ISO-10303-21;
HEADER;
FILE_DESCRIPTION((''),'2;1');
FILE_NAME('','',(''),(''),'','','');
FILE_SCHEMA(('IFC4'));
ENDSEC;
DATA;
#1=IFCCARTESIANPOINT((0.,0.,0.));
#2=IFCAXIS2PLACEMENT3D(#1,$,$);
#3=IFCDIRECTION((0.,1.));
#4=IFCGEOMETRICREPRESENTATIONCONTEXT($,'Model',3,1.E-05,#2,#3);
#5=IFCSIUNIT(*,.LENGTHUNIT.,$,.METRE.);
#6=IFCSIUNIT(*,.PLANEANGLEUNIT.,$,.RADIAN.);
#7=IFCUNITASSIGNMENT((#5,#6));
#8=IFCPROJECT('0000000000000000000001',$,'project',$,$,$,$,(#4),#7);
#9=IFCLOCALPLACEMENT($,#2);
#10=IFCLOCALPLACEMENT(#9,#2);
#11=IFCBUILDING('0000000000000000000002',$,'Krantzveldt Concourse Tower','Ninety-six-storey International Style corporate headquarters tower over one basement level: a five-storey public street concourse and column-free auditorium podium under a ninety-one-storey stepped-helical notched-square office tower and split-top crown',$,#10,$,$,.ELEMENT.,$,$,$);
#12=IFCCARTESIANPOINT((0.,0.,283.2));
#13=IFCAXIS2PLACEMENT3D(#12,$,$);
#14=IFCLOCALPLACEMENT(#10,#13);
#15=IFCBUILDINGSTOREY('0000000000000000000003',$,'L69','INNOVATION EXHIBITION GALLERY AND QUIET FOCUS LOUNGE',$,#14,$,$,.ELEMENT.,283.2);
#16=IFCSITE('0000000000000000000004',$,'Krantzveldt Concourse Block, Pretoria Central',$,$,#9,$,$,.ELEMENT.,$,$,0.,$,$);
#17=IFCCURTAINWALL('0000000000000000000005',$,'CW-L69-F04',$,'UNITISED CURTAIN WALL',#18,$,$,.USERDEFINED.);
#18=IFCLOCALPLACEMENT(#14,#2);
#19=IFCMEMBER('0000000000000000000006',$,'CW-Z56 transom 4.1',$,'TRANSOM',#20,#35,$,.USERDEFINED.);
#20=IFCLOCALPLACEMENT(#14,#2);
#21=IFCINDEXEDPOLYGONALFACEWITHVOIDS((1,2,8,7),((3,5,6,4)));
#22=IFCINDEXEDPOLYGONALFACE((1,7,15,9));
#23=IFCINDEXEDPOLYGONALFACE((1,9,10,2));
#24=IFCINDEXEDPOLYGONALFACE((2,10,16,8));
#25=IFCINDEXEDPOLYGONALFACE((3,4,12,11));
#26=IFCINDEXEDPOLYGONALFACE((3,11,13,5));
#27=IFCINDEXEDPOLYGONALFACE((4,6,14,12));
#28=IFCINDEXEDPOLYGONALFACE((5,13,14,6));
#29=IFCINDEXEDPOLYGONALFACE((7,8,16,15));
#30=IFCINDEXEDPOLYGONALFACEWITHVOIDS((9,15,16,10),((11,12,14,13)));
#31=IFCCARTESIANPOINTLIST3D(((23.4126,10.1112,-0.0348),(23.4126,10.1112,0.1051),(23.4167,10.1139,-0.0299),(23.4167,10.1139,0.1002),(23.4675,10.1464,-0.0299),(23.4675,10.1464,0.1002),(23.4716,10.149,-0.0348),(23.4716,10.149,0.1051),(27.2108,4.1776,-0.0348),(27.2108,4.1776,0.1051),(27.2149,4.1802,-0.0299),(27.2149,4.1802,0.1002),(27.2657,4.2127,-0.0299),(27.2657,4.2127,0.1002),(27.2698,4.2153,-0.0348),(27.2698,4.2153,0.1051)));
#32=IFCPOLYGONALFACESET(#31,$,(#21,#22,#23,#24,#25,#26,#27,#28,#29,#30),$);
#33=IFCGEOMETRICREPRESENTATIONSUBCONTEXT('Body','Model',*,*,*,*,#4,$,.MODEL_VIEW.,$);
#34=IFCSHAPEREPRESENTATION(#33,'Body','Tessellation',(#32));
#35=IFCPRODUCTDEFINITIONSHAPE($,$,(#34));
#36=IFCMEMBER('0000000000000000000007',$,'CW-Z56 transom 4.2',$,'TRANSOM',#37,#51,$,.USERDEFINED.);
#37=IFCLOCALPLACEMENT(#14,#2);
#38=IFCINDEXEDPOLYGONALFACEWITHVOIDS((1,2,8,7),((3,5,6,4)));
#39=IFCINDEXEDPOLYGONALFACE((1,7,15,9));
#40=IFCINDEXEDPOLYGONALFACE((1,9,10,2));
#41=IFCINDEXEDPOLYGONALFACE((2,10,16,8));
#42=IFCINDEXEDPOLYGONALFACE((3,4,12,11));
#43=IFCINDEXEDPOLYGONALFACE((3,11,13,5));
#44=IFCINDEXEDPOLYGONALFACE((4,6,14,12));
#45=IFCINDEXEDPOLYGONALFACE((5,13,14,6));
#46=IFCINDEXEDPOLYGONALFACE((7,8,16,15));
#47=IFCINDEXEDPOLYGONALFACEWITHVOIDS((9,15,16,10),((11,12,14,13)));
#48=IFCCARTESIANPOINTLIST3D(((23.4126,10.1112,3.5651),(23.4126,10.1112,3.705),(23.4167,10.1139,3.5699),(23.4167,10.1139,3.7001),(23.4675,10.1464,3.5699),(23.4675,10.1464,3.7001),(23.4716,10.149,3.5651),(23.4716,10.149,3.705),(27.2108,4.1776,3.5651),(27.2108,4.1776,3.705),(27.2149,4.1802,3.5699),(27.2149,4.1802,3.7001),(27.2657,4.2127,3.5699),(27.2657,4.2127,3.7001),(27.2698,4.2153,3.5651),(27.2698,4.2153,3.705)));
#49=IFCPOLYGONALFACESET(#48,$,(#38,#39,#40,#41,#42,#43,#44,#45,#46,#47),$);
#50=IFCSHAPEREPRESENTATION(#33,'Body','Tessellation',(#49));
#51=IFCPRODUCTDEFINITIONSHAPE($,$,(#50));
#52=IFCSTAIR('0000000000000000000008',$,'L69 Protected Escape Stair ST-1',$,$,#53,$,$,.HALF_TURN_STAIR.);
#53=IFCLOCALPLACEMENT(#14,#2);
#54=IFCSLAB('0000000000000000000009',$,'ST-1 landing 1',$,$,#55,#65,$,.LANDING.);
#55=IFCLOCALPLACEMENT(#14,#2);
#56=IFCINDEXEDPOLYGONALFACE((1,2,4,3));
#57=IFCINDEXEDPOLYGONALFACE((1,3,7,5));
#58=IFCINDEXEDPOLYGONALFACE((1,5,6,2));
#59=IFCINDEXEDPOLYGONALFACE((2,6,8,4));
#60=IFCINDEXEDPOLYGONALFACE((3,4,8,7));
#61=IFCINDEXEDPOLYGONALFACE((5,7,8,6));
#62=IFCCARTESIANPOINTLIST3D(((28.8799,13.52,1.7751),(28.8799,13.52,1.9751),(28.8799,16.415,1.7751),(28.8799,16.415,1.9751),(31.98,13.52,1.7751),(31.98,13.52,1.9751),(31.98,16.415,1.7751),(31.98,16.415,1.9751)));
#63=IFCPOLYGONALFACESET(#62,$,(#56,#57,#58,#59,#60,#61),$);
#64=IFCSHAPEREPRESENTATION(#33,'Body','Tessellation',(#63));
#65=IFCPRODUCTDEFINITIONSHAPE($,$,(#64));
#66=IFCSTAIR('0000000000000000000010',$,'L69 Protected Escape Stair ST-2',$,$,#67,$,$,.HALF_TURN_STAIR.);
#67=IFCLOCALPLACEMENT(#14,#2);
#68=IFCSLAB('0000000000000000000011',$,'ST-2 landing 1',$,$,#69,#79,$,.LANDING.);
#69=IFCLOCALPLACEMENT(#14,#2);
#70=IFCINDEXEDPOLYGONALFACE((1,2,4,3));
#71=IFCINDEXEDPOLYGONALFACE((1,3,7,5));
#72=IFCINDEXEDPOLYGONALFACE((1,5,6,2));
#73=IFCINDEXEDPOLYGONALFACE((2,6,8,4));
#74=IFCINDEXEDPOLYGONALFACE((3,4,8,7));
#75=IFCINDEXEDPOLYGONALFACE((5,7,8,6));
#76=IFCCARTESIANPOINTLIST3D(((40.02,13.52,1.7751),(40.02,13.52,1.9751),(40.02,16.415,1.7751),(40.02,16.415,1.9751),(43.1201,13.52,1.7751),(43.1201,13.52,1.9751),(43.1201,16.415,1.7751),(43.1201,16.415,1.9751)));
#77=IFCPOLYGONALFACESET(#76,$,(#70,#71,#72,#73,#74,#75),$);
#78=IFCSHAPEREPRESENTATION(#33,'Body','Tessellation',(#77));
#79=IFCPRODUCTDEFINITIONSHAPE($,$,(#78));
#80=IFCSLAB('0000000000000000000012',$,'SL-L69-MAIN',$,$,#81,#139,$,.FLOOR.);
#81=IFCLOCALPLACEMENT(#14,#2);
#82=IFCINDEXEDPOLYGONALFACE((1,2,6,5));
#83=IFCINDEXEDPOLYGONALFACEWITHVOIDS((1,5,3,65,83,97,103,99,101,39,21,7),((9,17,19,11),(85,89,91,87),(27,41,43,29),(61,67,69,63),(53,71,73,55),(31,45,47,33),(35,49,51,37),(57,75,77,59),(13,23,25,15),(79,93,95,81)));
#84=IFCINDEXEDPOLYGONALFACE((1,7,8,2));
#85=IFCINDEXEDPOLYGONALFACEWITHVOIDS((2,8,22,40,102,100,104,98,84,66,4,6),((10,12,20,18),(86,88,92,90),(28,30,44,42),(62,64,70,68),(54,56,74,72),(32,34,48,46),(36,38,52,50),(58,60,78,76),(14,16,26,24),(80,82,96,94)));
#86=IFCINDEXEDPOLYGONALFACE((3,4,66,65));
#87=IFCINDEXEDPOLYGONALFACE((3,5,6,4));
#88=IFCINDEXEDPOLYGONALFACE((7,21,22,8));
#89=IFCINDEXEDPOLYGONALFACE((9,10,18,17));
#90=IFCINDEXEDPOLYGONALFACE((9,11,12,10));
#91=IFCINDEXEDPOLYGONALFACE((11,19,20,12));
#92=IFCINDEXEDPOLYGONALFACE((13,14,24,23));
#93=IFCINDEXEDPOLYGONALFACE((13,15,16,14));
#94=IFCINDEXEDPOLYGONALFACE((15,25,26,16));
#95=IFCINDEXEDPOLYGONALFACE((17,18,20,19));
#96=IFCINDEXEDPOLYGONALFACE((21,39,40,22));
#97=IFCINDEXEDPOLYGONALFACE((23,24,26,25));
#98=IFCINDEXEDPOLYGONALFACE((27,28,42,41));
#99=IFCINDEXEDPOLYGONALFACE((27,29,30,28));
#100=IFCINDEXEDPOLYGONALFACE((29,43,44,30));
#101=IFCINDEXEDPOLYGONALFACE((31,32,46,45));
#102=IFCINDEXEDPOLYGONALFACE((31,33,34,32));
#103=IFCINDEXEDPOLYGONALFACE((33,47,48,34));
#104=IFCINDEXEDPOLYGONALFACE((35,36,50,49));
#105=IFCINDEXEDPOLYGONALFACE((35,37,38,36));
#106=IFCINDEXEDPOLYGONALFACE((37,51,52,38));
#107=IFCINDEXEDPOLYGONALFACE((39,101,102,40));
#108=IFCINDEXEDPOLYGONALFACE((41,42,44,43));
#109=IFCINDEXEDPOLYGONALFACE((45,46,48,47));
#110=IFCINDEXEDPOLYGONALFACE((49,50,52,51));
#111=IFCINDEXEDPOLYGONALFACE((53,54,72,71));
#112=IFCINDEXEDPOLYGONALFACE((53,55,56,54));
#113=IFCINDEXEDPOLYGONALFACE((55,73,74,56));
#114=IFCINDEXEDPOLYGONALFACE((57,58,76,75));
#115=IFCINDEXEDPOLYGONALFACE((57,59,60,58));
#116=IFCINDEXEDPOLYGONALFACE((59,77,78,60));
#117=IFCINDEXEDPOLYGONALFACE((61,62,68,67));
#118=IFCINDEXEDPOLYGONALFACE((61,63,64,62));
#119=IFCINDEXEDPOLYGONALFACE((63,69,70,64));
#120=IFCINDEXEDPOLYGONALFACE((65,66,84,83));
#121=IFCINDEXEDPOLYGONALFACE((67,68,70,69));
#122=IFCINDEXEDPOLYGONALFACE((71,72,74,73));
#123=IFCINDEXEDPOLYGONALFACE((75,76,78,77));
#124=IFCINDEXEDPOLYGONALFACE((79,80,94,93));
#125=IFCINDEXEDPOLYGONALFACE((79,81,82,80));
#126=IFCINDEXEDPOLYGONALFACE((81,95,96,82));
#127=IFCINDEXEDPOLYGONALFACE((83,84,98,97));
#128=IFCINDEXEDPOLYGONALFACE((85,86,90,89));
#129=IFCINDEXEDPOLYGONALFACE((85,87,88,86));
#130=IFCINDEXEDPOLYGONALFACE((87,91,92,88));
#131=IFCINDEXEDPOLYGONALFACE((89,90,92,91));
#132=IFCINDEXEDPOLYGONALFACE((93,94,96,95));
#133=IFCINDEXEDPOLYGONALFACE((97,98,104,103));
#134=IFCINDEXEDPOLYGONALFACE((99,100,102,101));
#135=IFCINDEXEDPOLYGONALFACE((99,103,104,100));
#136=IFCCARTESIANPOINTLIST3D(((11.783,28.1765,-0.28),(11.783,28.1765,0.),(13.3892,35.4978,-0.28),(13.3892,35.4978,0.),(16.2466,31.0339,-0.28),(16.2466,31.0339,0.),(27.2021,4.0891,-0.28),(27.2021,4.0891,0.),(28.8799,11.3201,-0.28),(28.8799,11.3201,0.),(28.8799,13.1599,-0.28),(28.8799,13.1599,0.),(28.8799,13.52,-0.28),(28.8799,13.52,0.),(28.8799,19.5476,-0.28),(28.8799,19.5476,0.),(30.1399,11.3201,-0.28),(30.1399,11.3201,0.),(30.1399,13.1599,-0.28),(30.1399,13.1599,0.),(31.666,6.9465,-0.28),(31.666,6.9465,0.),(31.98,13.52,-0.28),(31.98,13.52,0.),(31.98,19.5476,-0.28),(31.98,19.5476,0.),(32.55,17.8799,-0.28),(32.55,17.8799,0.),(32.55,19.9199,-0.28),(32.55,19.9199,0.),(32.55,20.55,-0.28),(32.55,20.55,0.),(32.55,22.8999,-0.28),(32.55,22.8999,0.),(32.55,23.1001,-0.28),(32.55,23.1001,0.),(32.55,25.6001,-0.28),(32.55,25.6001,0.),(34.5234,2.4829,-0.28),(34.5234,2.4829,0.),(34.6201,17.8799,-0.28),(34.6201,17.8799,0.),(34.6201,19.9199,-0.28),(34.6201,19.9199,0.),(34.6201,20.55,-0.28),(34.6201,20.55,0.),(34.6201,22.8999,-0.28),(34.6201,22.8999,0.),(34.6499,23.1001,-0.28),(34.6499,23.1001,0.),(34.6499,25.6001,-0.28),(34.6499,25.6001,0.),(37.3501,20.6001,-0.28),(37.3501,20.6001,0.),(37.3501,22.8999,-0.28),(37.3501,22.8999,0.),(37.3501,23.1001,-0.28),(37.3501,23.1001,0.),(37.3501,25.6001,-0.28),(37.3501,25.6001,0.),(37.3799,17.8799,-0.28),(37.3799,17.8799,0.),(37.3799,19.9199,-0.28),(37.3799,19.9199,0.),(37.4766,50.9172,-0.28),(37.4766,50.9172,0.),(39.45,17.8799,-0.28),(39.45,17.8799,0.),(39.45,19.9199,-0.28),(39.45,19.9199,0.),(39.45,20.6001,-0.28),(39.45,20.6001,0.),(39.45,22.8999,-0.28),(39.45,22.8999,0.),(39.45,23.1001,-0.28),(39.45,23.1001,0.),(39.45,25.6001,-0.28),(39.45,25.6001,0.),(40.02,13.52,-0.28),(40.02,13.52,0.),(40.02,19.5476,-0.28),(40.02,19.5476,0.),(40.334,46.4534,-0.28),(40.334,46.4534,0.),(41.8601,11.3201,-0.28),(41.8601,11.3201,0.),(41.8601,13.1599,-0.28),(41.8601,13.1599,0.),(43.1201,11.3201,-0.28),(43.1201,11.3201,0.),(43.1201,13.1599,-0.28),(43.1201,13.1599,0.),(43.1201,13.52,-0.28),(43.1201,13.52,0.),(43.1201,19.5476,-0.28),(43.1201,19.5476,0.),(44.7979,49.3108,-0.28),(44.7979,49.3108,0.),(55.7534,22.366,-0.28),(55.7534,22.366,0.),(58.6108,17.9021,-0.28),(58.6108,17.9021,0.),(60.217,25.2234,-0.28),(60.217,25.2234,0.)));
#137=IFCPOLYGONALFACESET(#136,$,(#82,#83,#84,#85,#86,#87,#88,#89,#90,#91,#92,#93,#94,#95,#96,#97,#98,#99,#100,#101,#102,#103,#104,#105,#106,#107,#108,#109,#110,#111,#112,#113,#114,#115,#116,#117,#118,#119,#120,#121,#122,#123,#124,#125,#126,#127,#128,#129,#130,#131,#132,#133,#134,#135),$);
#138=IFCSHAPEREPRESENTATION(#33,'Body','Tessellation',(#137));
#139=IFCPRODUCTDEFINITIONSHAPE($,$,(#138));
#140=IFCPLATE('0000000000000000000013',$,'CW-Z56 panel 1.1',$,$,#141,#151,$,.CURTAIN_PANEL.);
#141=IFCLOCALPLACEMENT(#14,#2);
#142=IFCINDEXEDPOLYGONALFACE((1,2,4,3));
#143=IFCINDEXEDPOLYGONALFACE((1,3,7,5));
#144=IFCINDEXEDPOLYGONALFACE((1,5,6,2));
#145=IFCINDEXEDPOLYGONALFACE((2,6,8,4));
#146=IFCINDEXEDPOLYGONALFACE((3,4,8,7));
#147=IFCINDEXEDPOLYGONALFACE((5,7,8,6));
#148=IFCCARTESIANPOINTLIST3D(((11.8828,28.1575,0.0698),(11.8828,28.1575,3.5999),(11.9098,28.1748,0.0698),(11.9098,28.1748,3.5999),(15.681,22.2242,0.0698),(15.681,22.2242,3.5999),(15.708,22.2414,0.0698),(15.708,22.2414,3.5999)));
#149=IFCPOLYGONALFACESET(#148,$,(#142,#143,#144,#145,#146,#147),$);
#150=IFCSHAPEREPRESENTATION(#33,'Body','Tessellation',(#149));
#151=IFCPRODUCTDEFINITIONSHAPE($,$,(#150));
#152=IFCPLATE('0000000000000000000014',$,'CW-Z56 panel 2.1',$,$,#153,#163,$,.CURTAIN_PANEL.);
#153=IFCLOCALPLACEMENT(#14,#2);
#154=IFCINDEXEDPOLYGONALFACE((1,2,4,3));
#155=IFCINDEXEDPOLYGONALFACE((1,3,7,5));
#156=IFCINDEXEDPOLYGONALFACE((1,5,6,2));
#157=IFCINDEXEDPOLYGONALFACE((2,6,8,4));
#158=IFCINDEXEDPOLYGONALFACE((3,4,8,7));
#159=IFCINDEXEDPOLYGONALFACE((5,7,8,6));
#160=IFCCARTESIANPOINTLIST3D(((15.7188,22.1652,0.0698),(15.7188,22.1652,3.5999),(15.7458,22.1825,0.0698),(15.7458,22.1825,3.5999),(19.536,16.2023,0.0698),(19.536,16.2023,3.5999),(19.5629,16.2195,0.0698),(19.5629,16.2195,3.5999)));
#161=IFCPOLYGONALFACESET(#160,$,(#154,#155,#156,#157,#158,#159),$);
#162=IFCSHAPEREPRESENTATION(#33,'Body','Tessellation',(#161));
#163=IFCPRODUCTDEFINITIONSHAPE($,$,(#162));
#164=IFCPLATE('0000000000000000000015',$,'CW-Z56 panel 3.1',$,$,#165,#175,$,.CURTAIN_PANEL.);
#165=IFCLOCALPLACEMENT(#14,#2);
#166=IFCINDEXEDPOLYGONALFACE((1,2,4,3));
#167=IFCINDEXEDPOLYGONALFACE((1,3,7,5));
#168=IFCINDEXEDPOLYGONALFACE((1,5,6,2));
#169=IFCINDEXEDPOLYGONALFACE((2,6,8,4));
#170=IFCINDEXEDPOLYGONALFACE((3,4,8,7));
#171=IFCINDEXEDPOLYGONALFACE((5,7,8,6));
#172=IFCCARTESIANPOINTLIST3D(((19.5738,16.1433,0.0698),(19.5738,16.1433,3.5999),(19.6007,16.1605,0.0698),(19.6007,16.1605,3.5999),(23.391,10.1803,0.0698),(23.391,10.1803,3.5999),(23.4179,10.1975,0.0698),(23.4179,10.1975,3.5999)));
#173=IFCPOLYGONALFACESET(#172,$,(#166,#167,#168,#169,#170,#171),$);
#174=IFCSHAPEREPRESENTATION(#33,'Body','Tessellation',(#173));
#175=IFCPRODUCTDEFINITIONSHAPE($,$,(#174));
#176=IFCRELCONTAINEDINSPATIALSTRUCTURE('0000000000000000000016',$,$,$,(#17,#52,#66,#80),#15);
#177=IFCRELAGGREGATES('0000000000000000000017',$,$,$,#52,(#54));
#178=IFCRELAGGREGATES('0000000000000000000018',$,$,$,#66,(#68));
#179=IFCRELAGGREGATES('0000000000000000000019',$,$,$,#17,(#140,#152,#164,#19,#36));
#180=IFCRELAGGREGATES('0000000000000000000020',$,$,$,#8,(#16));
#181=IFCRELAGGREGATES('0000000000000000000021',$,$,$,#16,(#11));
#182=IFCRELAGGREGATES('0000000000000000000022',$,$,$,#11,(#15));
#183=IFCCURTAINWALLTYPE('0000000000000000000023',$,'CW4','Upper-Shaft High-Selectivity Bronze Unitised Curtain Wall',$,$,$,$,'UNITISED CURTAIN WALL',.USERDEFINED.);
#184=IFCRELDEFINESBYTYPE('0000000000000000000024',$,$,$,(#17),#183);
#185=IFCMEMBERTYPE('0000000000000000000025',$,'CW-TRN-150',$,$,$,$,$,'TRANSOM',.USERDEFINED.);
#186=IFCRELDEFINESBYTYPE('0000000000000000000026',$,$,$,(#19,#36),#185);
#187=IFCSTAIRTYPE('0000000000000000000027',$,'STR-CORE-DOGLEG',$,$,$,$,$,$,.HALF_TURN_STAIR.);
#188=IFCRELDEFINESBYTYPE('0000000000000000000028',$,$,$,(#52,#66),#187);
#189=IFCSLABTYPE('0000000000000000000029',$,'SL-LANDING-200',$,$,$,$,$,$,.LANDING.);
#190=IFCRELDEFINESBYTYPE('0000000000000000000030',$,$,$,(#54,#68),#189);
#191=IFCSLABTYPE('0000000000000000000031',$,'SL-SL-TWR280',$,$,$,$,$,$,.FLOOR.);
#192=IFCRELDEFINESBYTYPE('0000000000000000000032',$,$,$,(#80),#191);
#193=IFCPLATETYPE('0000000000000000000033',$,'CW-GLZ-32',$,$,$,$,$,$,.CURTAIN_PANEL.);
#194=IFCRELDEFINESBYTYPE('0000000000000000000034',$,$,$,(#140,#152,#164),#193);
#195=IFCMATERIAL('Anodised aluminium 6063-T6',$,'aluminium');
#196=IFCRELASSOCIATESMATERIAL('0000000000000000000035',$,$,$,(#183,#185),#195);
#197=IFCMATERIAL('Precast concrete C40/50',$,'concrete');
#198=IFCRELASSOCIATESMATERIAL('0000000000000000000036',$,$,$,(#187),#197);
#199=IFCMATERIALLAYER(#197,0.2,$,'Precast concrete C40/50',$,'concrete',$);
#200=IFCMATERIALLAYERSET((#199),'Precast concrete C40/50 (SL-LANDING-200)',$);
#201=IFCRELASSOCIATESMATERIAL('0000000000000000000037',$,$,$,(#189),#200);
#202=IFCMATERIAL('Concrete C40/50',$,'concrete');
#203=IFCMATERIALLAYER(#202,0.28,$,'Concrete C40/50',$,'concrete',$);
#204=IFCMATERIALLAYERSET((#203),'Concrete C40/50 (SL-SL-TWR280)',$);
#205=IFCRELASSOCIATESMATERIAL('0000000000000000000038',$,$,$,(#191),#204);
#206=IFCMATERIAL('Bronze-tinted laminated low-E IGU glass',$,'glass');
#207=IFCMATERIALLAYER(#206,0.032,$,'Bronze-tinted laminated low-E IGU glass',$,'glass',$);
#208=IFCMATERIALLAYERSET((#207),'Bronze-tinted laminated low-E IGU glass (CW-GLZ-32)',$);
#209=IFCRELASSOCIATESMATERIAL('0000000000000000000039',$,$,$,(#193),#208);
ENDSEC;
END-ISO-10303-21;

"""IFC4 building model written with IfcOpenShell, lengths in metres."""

from ifc_helpers import new_model, si_unit, direction, frame, origin, origin_2d, place, context, subcontext, project, spatial, polyline, rectangle, hollow_rectangle, outline, extrude, source, transform, mapped, material, layer, layer_set, material_profile, profile_set, type_object, type_shapes, element, aggregate, save


model = new_model("IFC4")

# Units and contexts
model_context = context("Model", 3, precision=1e-05, world=origin(), true_north=direction((0.0, 1.0)))
body_context = subcontext(model_context, "Body", "Model", "MODEL_VIEW")
ifc_project = project(units=[si_unit("LENGTHUNIT", "METRE"), si_unit("PLANEANGLEUNIT", "RADIAN")], contexts=[model_context])

# Site, building, storey
site_placement = place(None, origin())
site = spatial("IfcSite", under=ifc_project, at=site_placement, Name="Krantzveldt Concourse Block, Pretoria Central", CompositionType="ELEMENT", RefElevation=0.0)
building_placement = place(site_placement, origin())
building = spatial("IfcBuilding", under=site, at=building_placement, Name="Krantzveldt Concourse Tower", Description="Ninety-six-storey International Style corporate headquarters tower over one basement level: a five-storey public street concourse and column-free auditorium podium under a ninety-one-storey stepped-helical notched-square office tower and split-top crown", CompositionType="ELEMENT")
storey_placement = place(building_placement, frame((0.0, 0.0, 283.2)))
storey = spatial("IfcBuildingStorey", under=building, at=storey_placement, Name="L69", Description="INNOVATION EXHIBITION GALLERY AND QUIET FOCUS LOUNGE", CompositionType="ELEMENT", Elevation=283.2)

# Curtain wall, members
ifc_material_1 = material(Name="Anodised aluminium 6063-T6", Category="aluminium")
curtain_wall_type = type_object("IfcCurtainWallType", Name="CW4", Description="Upper-Shaft High-Selectivity Bronze Unitised Curtain Wall", ElementType="UNITISED CURTAIN WALL", PredefinedType="USERDEFINED", material=ifc_material_1)
curtain_wall_placement = place(storey_placement, origin())
curtain_wall = element("IfcCurtainWall", 1, at=curtain_wall_placement, inside=storey, type_object=curtain_wall_type, Name="CW-L69-F04", ObjectType="UNITISED CURTAIN WALL", PredefinedType="USERDEFINED")
ifc_material_profile_1 = material_profile(ifc_material_1, hollow_rectangle(XDim=0.0701, YDim=0.1399, WallThickness=0.0049, at=origin_2d()), Name="Anodised aluminium 6063-T6", Category="aluminium")
ifc_profile_set_1 = profile_set([ifc_material_profile_1], Name="Anodised aluminium 6063-T6 - ALU-TRAN 140x70x5")
member_type_1 = type_object("IfcMemberType", Name="CW-TRN-150", ElementType="TRANSOM", PredefinedType="USERDEFINED", material=ifc_profile_set_1)
shared_shape_1 = source(origin(), body_context, "Body", "SweptSolid", [
    extrude(hollow_rectangle(XDim=0.0701, YDim=0.1399, WallThickness=0.0049, at=origin_2d()), origin(), (0.0, 0.0, 1.0), 7.0452),
])
member_1_placement = place(storey_placement, frame((23.4421, 10.1301, 0.0352), z_axis=(0.539114, -0.842233, 0.0), x_axis=(0.842233, 0.539114, 0.0)))
member_1 = element("IfcMember", 2, at=member_1_placement, type_object=member_type_1, Name="CW-Z56 transom 4.1", ObjectType="TRANSOM", PredefinedType="USERDEFINED", context=body_context, shape_type="MappedRepresentation", body=[
    mapped(shared_shape_1, transform((0.0, 0.0, 0.0), x_axis=(1.0, 0.0, 0.0), y_axis=(0.0, 1.0, 0.0), z_axis=(0.0, 0.0, 1.0), scale=1.0)),
])
member_2_placement = place(storey_placement, frame((23.4421, 10.1301, 3.635), z_axis=(0.539114, -0.842233, 0.0), x_axis=(0.842233, 0.539114, 0.0)))
member_2 = element("IfcMember", 3, at=member_2_placement, type_object=member_type_1, Name="CW-Z56 transom 4.2", ObjectType="TRANSOM", PredefinedType="USERDEFINED", context=body_context, shape_type="MappedRepresentation", body=[
    mapped(shared_shape_1, transform((0.0, 0.0, 0.0), x_axis=(1.0, 0.0, 0.0), y_axis=(0.0, 1.0, 0.0), z_axis=(0.0, 0.0, 1.0), scale=1.0)),
])

# Stairs, slabs
ifc_material_2 = material(Name="Precast concrete C40/50", Category="concrete")
stair_type = type_object("IfcStairType", Name="STR-CORE-DOGLEG", PredefinedType="HALF_TURN_STAIR", material=ifc_material_2)
stair_1_placement = place(storey_placement, origin())
stair_1 = element("IfcStair", 4, at=stair_1_placement, inside=storey, type_object=stair_type, Name="L69 Protected Escape Stair ST-1", PredefinedType="HALF_TURN_STAIR")
ifc_layer_1 = layer(ifc_material_2, 0.2, Name="Precast concrete C40/50", Category="concrete")
ifc_layer_set_1 = layer_set([ifc_layer_1], Name="Precast concrete C40/50 (SL-LANDING-200)")
slab_type_1 = type_object("IfcSlabType", Name="SL-LANDING-200", PredefinedType="LANDING", material=ifc_layer_set_1)
slab_1_placement = place(storey_placement, frame((0.0, 0.0, 1.7751)))
slab_1 = element("IfcSlab", 5, at=slab_1_placement, type_object=slab_type_1, Name="ST-1 landing 1", PredefinedType="LANDING", context=body_context, shape_type="SweptSolid", body=[
    extrude(outline(polyline([(28.8799, 16.415), (28.8799, 13.52), (31.98, 13.52), (31.98, 16.415), (28.8799, 16.415)])), origin(), (0.0, 0.0, 1.0), 0.2),
])
aggregate(stair_1, [slab_1])
stair_2_placement = place(storey_placement, origin())
stair_2 = element("IfcStair", 6, at=stair_2_placement, inside=storey, type_object=stair_type, Name="L69 Protected Escape Stair ST-2", PredefinedType="HALF_TURN_STAIR")
slab_2_placement = place(storey_placement, frame((0.0, 0.0, 1.7751)))
slab_2 = element("IfcSlab", 7, at=slab_2_placement, type_object=slab_type_1, Name="ST-2 landing 1", PredefinedType="LANDING", context=body_context, shape_type="SweptSolid", body=[
    extrude(outline(polyline([(40.02, 16.415), (40.02, 13.52), (43.1201, 13.52), (43.1201, 16.415), (40.02, 16.415)])), origin(), (0.0, 0.0, 1.0), 0.2),
])
aggregate(stair_2, [slab_2])

# Slab
ifc_material_3 = material(Name="Concrete C40/50", Category="concrete")
ifc_layer_2 = layer(ifc_material_3, 0.28, Name="Concrete C40/50", Category="concrete")
ifc_layer_set_2 = layer_set([ifc_layer_2], Name="Concrete C40/50 (SL-SL-TWR280)")
slab_type_2 = type_object("IfcSlabType", Name="SL-SL-TWR280", PredefinedType="FLOOR", material=ifc_layer_set_2)
slab_3_placement = place(storey_placement, frame((0.0, 0.0, -0.28)))
element("IfcSlab", 8, at=slab_3_placement, inside=storey, type_object=slab_type_2, Name="SL-L69-MAIN", PredefinedType="FLOOR", context=body_context, shape_type="SweptSolid", body=[
    extrude(outline(polyline([(40.334, 46.4534), (37.4766, 50.9172), (13.3892, 35.4978), (16.2466, 31.0339), (11.783, 28.1765), (27.2021, 4.0891), (31.666, 6.9465), (34.5234, 2.4829), (58.6108, 17.9021), (55.7534, 22.366), (60.217, 25.2234), (44.7979, 49.3108), (40.334, 46.4534)]), holes=[polyline([(28.8799, 19.5476), (28.8799, 13.52), (31.98, 13.52), (31.98, 19.5476), (28.8799, 19.5476)]), polyline([(40.02, 19.5476), (40.02, 13.52), (43.1201, 13.52), (43.1201, 19.5476), (40.02, 19.5476)]), polyline([(32.55, 23.1001), (34.6499, 23.1001), (34.6499, 25.6001), (32.55, 25.6001), (32.55, 23.1001)]), polyline([(37.3501, 23.1001), (39.45, 23.1001), (39.45, 25.6001), (37.3501, 25.6001), (37.3501, 23.1001)]), polyline([(37.3501, 20.6001), (39.45, 20.6001), (39.45, 22.8999), (37.3501, 22.8999), (37.3501, 20.6001)]), polyline([(32.55, 20.55), (34.6201, 20.55), (34.6201, 22.8999), (32.55, 22.8999), (32.55, 20.55)]), polyline([(32.55, 17.8799), (34.6201, 17.8799), (34.6201, 19.9199), (32.55, 19.9199), (32.55, 17.8799)]), polyline([(37.3799, 17.8799), (39.45, 17.8799), (39.45, 19.9199), (37.3799, 19.9199), (37.3799, 17.8799)]), polyline([(28.8799, 11.3201), (30.1399, 11.3201), (30.1399, 13.1599), (28.8799, 13.1599), (28.8799, 11.3201)]), polyline([(41.8601, 11.3201), (43.1201, 11.3201), (43.1201, 13.1599), (41.8601, 13.1599), (41.8601, 11.3201)])]), origin(), (0.0, 0.0, 1.0), 0.28),
])

# Plates
ifc_material_4 = material(Name="Bronze-tinted laminated low-E IGU glass", Category="glass")
ifc_layer_3 = layer(ifc_material_4, 0.032, Name="Bronze-tinted laminated low-E IGU glass", Category="glass")
ifc_layer_set_3 = layer_set([ifc_layer_3], Name="Bronze-tinted laminated low-E IGU glass (CW-GLZ-32)")
plate_type = type_object("IfcPlateType", Name="CW-GLZ-32", PredefinedType="CURTAIN_PANEL", material=ifc_layer_set_3)
shared_shape_2 = source(origin(), body_context, "Body", "SweptSolid", [
    extrude(rectangle(XDim=7.0449, YDim=0.032, at=origin_2d()), origin(), (0.0, 0.0, 1.0), 3.53),
])
plate_1_placement = place(storey_placement, frame((13.7954, 25.1995, 0.0698), z_axis=(0.0, 0.0, 1.0), x_axis=(0.539138, -0.842217, 0.0)))
plate_1 = element("IfcPlate", 9, at=plate_1_placement, type_object=plate_type, Name="CW-Z56 panel 1.1", PredefinedType="CURTAIN_PANEL", context=body_context, shape_type="MappedRepresentation", body=[
    mapped(shared_shape_2, transform((0.0, 0.0, 0.0), x_axis=(1.0, 0.0, 0.0), y_axis=(0.0, 1.0, 0.0), z_axis=(0.0, 0.0, 1.0), scale=1.0)),
])
shared_shape_3 = source(origin(), body_context, "Body", "SweptSolid", [
    extrude(rectangle(XDim=7.0801, YDim=0.032, at=origin_2d()), origin(), (0.0, 0.0, 1.0), 3.53),
])
type_shapes(plate_type, [shared_shape_2, shared_shape_3])
plate_2_placement = place(storey_placement, frame((17.6409, 19.1924, 0.0698), z_axis=(0.0, 0.0, 1.0), x_axis=(0.539138, -0.842217, 0.0)))
plate_2 = element("IfcPlate", 10, at=plate_2_placement, type_object=plate_type, Name="CW-Z56 panel 2.1", PredefinedType="CURTAIN_PANEL", context=body_context, shape_type="MappedRepresentation", body=[
    mapped(shared_shape_3, transform((0.0, 0.0, 0.0), x_axis=(1.0, 0.0, 0.0), y_axis=(0.0, 1.0, 0.0), z_axis=(0.0, 0.0, 1.0), scale=1.0)),
])
plate_3_placement = place(storey_placement, frame((21.4958, 13.1704, 0.0698), z_axis=(0.0, 0.0, 1.0), x_axis=(0.539138, -0.842217, 0.0)))
plate_3 = element("IfcPlate", 11, at=plate_3_placement, type_object=plate_type, Name="CW-Z56 panel 3.1", PredefinedType="CURTAIN_PANEL", context=body_context, shape_type="MappedRepresentation", body=[
    mapped(shared_shape_3, transform((0.0, 0.0, 0.0), x_axis=(1.0, 0.0, 0.0), y_axis=(0.0, 1.0, 0.0), z_axis=(0.0, 0.0, 1.0), scale=1.0)),
])
aggregate(curtain_wall, [plate_1, plate_2, plate_3, member_1, member_2])

save(model, "model.ifc")
